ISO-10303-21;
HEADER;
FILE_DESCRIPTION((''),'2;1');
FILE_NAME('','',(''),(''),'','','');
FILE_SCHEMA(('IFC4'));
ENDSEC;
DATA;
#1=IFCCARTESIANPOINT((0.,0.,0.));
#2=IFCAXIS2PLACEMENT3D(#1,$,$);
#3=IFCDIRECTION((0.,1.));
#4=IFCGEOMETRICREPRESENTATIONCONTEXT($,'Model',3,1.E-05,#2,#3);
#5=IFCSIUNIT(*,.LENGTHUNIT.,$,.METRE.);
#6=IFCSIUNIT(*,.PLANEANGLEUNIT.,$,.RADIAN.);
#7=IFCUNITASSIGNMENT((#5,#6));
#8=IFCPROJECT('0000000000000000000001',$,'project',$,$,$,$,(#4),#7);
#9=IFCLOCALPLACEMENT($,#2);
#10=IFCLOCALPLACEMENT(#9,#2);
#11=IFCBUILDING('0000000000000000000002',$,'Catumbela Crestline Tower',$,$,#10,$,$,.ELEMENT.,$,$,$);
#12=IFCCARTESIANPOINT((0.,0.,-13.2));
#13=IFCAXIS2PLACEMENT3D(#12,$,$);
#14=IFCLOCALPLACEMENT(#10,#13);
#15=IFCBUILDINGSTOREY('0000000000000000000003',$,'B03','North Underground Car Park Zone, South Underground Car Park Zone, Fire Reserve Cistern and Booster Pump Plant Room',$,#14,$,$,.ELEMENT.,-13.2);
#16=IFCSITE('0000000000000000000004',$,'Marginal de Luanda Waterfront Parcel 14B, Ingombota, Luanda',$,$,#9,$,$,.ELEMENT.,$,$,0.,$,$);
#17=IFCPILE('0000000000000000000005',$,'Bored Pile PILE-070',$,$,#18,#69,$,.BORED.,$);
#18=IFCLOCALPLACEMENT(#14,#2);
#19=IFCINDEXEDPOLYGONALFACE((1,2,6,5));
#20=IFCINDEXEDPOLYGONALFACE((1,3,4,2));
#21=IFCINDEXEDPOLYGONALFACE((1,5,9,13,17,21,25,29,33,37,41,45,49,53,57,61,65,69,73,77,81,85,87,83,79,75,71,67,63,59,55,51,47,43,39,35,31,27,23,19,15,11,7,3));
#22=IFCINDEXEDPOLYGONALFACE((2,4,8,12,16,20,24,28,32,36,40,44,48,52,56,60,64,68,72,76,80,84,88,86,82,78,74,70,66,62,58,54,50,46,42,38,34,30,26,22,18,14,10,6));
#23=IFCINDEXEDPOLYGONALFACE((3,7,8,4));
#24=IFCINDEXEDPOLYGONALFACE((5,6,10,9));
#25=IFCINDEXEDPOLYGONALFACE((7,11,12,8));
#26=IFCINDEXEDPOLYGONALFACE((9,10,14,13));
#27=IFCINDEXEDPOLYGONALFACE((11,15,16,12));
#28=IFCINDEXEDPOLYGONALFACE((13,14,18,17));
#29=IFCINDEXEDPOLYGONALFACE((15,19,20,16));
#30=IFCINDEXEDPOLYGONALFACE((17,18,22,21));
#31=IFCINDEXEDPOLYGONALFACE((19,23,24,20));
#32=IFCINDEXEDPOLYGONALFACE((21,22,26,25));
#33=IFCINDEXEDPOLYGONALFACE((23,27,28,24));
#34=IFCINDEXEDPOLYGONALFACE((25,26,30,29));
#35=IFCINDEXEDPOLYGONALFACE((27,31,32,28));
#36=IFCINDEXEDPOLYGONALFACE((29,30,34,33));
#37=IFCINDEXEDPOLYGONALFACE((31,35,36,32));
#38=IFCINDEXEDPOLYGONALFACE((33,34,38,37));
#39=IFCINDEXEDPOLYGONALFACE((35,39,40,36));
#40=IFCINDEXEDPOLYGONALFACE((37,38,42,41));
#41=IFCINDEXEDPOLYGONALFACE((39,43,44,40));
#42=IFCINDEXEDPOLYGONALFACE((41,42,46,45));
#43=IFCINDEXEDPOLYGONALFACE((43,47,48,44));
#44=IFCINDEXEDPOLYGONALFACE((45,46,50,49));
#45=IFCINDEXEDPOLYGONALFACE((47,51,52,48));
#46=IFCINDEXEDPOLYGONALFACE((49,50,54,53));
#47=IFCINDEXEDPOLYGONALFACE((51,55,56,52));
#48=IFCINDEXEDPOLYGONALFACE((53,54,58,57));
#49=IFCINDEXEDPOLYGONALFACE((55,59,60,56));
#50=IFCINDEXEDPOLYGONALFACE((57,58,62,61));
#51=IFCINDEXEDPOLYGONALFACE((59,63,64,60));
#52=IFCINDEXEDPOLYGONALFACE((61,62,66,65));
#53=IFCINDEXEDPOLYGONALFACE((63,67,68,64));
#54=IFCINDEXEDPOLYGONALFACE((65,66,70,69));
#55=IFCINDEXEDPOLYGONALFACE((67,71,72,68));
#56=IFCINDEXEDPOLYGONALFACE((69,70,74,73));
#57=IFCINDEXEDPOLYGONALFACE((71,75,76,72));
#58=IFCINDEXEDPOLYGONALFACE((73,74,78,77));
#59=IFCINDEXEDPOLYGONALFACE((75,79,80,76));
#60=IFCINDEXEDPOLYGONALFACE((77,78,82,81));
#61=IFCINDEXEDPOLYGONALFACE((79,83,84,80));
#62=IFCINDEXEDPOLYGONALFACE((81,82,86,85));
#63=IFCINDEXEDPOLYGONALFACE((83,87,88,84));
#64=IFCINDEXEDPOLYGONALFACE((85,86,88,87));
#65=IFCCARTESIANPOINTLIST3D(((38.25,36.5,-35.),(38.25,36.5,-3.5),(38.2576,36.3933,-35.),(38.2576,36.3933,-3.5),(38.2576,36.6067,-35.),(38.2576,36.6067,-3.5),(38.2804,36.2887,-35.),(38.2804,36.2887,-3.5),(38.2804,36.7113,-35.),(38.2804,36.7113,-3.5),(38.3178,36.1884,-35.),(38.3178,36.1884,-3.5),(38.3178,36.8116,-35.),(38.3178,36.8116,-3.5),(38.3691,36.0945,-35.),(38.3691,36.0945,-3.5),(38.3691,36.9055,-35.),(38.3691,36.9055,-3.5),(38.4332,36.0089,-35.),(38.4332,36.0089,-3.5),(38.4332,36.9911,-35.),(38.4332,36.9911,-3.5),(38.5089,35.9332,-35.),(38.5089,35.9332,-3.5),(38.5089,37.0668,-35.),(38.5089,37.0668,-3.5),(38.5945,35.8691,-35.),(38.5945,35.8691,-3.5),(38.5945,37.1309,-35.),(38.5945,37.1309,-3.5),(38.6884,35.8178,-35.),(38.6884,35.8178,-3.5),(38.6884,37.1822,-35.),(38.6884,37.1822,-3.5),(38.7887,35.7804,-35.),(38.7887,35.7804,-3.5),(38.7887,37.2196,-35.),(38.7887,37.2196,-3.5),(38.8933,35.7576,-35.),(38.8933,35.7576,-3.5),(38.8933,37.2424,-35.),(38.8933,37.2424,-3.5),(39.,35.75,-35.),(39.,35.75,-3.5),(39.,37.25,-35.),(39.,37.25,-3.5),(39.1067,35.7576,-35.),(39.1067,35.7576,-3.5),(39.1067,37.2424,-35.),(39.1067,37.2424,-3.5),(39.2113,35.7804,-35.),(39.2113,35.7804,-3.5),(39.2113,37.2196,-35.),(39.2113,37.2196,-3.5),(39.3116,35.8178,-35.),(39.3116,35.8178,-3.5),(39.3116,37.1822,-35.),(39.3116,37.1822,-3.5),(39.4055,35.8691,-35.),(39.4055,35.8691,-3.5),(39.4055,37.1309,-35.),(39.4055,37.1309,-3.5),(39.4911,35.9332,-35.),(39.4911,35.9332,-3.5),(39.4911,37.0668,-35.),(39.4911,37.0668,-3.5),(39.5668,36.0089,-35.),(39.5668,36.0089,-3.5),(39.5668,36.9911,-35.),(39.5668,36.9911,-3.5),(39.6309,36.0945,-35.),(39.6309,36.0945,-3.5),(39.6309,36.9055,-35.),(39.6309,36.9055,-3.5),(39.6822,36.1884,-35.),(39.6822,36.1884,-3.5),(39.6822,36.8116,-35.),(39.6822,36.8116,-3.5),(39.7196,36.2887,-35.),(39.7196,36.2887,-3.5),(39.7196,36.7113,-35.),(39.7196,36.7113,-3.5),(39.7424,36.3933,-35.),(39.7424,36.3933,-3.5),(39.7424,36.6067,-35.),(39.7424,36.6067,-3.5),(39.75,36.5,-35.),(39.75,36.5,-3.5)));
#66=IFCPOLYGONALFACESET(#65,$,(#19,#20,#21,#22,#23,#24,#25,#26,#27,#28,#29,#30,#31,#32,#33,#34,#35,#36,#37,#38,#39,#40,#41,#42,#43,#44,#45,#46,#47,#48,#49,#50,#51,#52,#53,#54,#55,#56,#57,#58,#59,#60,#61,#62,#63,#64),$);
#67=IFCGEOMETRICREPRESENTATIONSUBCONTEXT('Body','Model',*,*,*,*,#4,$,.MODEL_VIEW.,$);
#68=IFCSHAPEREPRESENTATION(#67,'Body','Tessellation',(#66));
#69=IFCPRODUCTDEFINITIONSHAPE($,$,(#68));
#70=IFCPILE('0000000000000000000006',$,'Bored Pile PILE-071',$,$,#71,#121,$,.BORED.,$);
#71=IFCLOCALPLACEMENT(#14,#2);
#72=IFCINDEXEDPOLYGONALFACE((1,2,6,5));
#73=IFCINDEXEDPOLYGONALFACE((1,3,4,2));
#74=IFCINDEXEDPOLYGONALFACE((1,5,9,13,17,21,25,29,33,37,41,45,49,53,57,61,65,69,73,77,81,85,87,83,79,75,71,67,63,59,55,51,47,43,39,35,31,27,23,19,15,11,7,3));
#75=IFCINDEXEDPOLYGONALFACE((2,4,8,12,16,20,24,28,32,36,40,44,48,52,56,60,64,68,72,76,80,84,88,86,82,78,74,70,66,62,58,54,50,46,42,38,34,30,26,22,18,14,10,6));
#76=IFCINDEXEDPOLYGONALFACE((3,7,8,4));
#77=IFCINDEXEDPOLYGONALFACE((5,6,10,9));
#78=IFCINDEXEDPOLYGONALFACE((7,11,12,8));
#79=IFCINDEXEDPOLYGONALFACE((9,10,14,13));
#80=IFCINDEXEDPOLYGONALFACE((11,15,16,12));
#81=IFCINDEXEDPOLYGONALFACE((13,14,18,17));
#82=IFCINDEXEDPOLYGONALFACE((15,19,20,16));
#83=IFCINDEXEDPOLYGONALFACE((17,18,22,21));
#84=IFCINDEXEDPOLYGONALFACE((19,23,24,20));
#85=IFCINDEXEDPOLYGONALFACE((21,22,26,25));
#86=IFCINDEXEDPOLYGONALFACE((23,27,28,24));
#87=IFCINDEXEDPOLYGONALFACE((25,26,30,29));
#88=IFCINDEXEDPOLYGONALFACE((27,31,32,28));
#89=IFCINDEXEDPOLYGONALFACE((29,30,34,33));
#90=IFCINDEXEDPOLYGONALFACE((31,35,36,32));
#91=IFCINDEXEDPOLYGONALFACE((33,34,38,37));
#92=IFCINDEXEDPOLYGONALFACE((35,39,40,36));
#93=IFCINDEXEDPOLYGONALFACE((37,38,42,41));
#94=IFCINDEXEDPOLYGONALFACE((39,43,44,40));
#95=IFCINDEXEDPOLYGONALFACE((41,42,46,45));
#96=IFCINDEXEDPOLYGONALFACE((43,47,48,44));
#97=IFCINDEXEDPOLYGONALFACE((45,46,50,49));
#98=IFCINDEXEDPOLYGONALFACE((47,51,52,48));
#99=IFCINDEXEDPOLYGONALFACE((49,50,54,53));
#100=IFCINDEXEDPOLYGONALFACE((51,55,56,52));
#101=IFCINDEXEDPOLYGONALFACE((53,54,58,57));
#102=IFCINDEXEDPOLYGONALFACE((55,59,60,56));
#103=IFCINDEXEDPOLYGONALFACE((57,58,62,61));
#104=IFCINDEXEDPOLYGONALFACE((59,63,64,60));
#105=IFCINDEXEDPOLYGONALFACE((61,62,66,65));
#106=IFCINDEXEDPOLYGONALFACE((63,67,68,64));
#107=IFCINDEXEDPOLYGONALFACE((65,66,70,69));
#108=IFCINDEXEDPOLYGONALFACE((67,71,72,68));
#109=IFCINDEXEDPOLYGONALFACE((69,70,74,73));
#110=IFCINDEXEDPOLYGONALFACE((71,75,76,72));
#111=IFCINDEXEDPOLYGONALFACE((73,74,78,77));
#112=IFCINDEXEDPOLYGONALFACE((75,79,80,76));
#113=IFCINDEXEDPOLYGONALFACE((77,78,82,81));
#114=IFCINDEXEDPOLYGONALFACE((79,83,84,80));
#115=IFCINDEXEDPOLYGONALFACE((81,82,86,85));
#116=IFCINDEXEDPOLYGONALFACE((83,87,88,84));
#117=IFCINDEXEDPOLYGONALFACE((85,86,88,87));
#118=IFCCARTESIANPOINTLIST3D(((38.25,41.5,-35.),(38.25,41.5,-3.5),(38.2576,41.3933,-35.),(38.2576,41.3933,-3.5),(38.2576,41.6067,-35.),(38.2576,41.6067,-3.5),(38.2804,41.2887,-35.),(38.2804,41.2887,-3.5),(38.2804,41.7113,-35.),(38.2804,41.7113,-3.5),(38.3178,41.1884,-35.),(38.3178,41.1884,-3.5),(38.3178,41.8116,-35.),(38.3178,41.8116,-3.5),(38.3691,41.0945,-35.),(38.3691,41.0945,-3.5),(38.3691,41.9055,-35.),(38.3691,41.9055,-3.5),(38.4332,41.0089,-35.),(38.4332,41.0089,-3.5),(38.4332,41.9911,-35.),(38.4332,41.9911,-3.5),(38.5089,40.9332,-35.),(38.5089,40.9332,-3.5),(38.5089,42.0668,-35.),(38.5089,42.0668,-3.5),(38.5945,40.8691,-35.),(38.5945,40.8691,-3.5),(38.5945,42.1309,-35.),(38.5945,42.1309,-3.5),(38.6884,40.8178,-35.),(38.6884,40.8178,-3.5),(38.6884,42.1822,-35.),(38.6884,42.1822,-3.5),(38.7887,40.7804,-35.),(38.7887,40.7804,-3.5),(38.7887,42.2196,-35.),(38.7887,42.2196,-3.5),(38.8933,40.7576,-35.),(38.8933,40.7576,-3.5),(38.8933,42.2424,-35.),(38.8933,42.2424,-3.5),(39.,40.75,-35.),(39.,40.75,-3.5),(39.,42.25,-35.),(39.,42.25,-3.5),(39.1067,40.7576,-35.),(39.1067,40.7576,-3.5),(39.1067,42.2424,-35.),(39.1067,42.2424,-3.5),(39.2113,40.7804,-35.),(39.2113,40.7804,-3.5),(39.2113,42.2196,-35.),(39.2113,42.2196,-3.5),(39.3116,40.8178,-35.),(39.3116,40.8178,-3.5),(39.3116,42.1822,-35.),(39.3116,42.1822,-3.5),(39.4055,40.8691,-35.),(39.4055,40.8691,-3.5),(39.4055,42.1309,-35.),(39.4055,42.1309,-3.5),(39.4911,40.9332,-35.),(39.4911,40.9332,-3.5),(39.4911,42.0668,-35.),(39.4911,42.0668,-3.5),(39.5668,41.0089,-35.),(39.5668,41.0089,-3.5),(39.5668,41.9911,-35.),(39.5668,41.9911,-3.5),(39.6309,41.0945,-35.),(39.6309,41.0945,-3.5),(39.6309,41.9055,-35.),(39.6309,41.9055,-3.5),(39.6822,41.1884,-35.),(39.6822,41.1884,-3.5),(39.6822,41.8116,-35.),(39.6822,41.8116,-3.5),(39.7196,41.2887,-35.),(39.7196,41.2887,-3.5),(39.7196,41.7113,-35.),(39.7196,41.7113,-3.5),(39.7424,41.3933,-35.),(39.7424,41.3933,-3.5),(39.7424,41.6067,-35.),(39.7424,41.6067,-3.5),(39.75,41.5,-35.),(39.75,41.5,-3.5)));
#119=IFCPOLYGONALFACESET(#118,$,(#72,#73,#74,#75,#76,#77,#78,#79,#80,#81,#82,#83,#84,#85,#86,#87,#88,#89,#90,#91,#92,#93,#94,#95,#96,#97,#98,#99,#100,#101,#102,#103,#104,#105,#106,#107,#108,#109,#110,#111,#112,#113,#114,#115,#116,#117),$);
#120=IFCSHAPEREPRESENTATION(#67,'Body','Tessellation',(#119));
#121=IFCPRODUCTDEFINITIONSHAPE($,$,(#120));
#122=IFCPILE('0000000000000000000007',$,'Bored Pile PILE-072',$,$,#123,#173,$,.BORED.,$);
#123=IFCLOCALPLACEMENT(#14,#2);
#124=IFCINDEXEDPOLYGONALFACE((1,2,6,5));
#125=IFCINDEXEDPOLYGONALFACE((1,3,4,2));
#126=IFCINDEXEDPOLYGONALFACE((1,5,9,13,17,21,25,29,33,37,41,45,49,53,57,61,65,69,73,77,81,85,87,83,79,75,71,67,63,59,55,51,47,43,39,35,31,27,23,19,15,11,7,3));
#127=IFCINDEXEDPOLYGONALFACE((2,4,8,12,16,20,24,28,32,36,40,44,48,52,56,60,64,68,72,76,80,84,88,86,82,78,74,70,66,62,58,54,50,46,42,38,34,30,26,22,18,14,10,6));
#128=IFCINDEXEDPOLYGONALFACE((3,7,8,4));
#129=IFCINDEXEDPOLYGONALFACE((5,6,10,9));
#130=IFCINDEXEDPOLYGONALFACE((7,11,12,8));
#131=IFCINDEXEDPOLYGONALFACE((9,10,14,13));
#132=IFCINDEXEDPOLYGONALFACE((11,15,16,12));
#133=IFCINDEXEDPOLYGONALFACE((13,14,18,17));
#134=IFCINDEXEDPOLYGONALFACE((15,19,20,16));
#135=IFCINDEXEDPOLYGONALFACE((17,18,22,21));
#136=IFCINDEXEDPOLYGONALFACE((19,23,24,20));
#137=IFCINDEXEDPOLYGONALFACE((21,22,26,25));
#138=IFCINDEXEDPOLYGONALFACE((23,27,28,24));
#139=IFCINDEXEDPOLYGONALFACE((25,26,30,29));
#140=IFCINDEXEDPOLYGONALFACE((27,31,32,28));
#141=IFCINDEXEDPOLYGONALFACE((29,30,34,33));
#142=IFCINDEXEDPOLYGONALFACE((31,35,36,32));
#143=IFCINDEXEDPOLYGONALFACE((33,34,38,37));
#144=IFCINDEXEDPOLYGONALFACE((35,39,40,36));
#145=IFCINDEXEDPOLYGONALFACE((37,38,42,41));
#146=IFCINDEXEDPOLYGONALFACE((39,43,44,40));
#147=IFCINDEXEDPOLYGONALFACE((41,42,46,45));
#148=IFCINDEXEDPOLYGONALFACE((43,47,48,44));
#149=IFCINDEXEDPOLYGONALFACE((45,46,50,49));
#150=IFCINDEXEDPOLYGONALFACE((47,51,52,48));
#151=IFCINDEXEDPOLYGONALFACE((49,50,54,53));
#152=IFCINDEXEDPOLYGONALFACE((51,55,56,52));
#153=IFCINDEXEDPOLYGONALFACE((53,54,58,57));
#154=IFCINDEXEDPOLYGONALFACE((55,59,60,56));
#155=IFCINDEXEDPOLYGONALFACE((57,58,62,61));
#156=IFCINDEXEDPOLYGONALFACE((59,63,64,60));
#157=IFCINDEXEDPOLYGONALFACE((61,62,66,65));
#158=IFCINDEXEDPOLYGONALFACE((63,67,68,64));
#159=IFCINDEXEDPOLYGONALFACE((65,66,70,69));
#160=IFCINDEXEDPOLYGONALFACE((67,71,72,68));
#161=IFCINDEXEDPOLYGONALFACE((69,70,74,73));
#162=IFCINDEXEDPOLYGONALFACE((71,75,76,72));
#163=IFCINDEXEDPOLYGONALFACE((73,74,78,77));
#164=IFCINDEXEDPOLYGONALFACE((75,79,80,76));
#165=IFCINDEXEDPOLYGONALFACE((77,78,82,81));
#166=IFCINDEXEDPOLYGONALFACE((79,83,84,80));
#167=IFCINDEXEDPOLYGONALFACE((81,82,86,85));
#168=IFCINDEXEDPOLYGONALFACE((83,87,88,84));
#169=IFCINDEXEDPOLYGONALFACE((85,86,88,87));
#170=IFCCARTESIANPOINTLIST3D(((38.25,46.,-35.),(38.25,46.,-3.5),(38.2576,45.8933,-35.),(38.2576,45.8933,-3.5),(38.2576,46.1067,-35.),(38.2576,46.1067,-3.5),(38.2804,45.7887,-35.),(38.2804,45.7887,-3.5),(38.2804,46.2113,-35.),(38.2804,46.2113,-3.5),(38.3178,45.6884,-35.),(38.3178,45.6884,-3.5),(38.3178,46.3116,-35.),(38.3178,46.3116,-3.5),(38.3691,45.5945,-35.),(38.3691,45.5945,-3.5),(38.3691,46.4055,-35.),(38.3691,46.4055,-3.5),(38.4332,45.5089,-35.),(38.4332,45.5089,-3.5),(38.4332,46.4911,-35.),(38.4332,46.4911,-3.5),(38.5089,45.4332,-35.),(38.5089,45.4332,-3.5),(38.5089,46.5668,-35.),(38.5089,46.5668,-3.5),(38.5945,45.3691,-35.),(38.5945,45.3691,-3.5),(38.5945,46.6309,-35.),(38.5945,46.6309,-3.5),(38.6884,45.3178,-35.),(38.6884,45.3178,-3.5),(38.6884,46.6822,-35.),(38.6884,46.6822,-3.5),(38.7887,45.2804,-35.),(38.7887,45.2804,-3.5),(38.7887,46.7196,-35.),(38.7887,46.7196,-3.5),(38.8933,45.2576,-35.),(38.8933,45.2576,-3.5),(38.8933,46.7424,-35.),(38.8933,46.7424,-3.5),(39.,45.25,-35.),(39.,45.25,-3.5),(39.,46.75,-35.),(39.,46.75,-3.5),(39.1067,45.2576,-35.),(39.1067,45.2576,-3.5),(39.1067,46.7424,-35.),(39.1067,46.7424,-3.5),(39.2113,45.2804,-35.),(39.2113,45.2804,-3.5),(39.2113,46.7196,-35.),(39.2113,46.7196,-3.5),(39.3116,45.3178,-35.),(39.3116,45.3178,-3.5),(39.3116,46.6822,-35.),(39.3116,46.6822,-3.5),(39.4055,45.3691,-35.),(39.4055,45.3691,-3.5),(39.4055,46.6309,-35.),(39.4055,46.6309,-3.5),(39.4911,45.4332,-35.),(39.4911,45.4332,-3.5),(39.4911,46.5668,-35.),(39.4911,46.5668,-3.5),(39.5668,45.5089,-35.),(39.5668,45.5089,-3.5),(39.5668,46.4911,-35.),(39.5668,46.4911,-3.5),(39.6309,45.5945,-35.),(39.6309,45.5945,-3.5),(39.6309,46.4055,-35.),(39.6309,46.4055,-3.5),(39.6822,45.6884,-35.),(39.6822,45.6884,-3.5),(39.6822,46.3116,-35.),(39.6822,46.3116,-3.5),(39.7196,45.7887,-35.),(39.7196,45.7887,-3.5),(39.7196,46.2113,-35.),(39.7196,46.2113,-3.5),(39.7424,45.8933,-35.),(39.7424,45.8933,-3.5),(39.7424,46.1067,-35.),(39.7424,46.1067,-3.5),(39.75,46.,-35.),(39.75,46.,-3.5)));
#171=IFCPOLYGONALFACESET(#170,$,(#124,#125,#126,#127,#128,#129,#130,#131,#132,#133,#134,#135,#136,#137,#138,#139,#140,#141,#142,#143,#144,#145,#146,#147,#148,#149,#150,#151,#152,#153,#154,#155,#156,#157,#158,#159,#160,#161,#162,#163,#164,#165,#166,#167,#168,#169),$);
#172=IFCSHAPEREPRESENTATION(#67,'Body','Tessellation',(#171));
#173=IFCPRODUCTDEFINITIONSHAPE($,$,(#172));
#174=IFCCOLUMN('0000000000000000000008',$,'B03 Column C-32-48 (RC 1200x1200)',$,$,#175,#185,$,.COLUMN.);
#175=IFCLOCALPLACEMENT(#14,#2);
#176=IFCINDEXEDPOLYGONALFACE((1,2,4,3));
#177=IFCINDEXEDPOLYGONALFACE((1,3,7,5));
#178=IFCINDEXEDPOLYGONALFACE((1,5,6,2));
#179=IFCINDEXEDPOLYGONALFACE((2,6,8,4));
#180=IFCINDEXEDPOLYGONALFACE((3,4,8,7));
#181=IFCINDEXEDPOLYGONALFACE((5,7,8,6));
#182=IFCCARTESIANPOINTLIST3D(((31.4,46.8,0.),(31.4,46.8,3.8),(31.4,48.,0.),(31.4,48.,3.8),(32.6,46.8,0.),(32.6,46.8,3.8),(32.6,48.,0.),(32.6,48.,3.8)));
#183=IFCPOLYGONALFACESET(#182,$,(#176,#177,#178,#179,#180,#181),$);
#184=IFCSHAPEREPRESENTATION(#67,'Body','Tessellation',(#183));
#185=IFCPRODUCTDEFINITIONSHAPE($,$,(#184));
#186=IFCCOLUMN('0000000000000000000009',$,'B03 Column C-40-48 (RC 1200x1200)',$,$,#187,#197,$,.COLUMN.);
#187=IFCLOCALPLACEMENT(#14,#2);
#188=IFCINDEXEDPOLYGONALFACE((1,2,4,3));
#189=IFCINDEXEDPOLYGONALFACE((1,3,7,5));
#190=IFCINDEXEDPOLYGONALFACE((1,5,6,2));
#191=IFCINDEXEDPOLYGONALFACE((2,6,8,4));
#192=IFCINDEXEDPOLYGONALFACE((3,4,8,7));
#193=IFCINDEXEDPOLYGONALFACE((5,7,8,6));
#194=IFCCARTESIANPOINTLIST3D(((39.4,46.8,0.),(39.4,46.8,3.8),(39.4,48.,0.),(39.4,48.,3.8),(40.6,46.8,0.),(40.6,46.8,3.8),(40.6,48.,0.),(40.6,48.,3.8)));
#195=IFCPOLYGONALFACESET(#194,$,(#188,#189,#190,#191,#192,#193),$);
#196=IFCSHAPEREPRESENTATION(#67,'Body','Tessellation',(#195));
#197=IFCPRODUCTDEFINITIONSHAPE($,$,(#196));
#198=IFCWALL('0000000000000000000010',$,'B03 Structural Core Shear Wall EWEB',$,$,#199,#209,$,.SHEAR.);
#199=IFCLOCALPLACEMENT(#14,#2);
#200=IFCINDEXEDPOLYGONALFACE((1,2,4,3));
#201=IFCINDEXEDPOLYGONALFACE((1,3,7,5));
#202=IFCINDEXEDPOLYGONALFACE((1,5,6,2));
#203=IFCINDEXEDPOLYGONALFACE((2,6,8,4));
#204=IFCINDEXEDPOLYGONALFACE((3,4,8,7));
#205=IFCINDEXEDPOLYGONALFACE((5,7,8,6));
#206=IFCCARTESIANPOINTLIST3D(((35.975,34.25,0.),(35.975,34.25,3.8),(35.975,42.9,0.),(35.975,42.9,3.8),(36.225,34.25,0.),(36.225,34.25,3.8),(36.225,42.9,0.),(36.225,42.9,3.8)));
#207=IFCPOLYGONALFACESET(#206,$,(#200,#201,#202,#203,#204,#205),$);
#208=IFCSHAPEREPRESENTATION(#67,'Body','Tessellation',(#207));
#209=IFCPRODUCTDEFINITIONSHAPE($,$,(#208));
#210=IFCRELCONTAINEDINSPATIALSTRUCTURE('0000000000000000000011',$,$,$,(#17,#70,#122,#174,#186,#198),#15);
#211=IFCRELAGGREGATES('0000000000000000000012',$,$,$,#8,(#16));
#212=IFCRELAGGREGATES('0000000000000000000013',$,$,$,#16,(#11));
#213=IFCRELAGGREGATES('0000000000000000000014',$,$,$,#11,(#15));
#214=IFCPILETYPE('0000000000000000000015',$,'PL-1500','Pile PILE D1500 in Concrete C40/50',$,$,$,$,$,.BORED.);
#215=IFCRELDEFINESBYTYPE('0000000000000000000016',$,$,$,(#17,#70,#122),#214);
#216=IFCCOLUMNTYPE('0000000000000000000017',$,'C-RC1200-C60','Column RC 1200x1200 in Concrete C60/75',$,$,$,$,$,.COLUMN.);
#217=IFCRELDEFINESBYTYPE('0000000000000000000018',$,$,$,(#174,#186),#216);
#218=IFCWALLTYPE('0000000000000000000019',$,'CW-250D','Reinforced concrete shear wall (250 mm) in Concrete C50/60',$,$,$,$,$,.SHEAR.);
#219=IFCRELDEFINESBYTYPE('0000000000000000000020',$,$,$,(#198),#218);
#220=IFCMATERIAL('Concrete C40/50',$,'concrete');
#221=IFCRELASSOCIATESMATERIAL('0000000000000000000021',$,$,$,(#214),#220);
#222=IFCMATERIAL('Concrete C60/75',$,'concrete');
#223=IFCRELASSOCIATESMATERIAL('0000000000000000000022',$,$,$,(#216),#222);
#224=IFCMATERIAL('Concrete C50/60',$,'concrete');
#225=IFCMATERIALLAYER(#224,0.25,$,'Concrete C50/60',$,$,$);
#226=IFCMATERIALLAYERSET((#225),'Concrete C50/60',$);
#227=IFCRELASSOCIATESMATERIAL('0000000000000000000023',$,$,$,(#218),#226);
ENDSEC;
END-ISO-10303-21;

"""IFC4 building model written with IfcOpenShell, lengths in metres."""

from ifc_helpers import new_model, si_unit, direction, frame, frame_2d, origin, origin_2d, place, context, subcontext, project, spatial, rectangle, circle, extrude, material, layer, layer_set, material_profile, profile_set, type_object, element, save


model = new_model("IFC4")

# Units and contexts
model_context = context("Model", 3, precision=1e-05, world=origin(), true_north=direction((0.0, 1.0)))
body_context = subcontext(model_context, "Body", "Model", "MODEL_VIEW")
ifc_project = project(units=[si_unit("LENGTHUNIT", "METRE"), si_unit("PLANEANGLEUNIT", "RADIAN")], contexts=[model_context])

# Site, building, storey
site_placement = place(None, origin())
site = spatial("IfcSite", under=ifc_project, at=site_placement, Name="Marginal de Luanda Waterfront Parcel 14B, Ingombota, Luanda", CompositionType="ELEMENT", RefElevation=0.0)
building_placement = place(site_placement, origin())
building = spatial("IfcBuilding", under=site, at=building_placement, Name="Catumbela Crestline Tower", CompositionType="ELEMENT")
storey_placement = place(building_placement, frame((0.0, 0.0, -13.2)))
storey = spatial("IfcBuildingStorey", under=building, at=storey_placement, Name="B03", Description="North Underground Car Park Zone, South Underground Car Park Zone, Fire Reserve Cistern and Booster Pump Plant Room", CompositionType="ELEMENT", Elevation=-13.2)

# Piles
ifc_material_1 = material(Name="Concrete C40/50", Category="concrete")
ifc_material_profile_1 = material_profile(ifc_material_1, circle(Radius=0.75, at=origin_2d()), Name="PILE D1500")
ifc_profile_set_1 = profile_set([ifc_material_profile_1], Name="Concrete C40/50")
pile_type = type_object("IfcPileType", Name="PL-1500", Description="Pile PILE D1500 in Concrete C40/50", PredefinedType="BORED", material=ifc_profile_set_1)
for number, where, z_axis, x_axis, name in (
    (1, (39.0, 36.5, -3.5), (0.0, 0.0, -1.0), (1.0, 0.0, 0.0), "Bored Pile PILE-070"),
    (2, (39.0, 41.5, -3.5), (0.0, 0.0, -1.0), (1.0, 0.0, 0.0), "Bored Pile PILE-071"),
    (3, (39.0, 46.0, -3.5), (0.0, 0.0, -1.0), (1.0, 0.0, 0.0), "Bored Pile PILE-072"),
):
    element("IfcPile", number, at=place(storey_placement, frame(where, z_axis=z_axis, x_axis=x_axis)), inside=storey, type_object=pile_type, Name=name, PredefinedType="BORED", context=body_context, shape_type="SweptSolid", body=[
        extrude(circle(Radius=0.75, at=origin_2d()), origin(), (0.0, 0.0, 1.0), 31.5),
    ])

# Columns
ifc_material_2 = material(Name="Concrete C60/75", Category="concrete")
ifc_material_profile_2 = material_profile(ifc_material_2, rectangle(XDim=1.2, YDim=1.2, at=origin_2d()), Name="RC 1200x1200")
ifc_profile_set_2 = profile_set([ifc_material_profile_2], Name="Concrete C60/75")
column_type = type_object("IfcColumnType", Name="C-RC1200-C60", Description="Column RC 1200x1200 in Concrete C60/75", PredefinedType="COLUMN", material=ifc_profile_set_2)
for number, where, z_axis, x_axis, name in (
    (4, (32.0, 47.4, 0.0), (0.0, 0.0, 1.0), (1.0, 0.0, 0.0), "B03 Column C-32-48 (RC 1200x1200)"),
    (5, (40.0, 47.4, 0.0), (0.0, 0.0, 1.0), (1.0, 0.0, 0.0), "B03 Column C-40-48 (RC 1200x1200)"),
):
    element("IfcColumn", number, at=place(storey_placement, frame(where, z_axis=z_axis, x_axis=x_axis)), inside=storey, type_object=column_type, Name=name, PredefinedType="COLUMN", context=body_context, shape_type="SweptSolid", body=[
        extrude(rectangle(XDim=1.2, YDim=1.2, at=origin_2d()), origin(), (0.0, 0.0, 1.0), 3.8),
    ])

# Wall
ifc_material_3 = material(Name="Concrete C50/60", Category="concrete")
ifc_layer_1 = layer(ifc_material_3, 0.25, Name="Concrete C50/60")
ifc_layer_set_1 = layer_set([ifc_layer_1], Name="Concrete C50/60")
wall_type_1 = type_object("IfcWallType", Name="CW-250D", Description="Reinforced concrete shear wall (250 mm) in Concrete C50/60", PredefinedType="SHEAR", material=ifc_layer_set_1)
wall_1_placement = place(storey_placement, frame((36.1, 34.25, 0.0), z_axis=(0.0, 0.0, 1.0), x_axis=(0.0, 1.0, 0.0)))
element("IfcWall", 6, at=wall_1_placement, inside=storey, type_object=wall_type_1, Name="B03 Structural Core Shear Wall EWEB", PredefinedType="SHEAR", context=body_context, shape_type="SweptSolid", body=[
    extrude(rectangle(XDim=8.65, YDim=0.25, at=frame_2d((4.325, 0.0))), origin(), (0.0, 0.0, 1.0), 3.8),
])

save(model, "model.ifc")
